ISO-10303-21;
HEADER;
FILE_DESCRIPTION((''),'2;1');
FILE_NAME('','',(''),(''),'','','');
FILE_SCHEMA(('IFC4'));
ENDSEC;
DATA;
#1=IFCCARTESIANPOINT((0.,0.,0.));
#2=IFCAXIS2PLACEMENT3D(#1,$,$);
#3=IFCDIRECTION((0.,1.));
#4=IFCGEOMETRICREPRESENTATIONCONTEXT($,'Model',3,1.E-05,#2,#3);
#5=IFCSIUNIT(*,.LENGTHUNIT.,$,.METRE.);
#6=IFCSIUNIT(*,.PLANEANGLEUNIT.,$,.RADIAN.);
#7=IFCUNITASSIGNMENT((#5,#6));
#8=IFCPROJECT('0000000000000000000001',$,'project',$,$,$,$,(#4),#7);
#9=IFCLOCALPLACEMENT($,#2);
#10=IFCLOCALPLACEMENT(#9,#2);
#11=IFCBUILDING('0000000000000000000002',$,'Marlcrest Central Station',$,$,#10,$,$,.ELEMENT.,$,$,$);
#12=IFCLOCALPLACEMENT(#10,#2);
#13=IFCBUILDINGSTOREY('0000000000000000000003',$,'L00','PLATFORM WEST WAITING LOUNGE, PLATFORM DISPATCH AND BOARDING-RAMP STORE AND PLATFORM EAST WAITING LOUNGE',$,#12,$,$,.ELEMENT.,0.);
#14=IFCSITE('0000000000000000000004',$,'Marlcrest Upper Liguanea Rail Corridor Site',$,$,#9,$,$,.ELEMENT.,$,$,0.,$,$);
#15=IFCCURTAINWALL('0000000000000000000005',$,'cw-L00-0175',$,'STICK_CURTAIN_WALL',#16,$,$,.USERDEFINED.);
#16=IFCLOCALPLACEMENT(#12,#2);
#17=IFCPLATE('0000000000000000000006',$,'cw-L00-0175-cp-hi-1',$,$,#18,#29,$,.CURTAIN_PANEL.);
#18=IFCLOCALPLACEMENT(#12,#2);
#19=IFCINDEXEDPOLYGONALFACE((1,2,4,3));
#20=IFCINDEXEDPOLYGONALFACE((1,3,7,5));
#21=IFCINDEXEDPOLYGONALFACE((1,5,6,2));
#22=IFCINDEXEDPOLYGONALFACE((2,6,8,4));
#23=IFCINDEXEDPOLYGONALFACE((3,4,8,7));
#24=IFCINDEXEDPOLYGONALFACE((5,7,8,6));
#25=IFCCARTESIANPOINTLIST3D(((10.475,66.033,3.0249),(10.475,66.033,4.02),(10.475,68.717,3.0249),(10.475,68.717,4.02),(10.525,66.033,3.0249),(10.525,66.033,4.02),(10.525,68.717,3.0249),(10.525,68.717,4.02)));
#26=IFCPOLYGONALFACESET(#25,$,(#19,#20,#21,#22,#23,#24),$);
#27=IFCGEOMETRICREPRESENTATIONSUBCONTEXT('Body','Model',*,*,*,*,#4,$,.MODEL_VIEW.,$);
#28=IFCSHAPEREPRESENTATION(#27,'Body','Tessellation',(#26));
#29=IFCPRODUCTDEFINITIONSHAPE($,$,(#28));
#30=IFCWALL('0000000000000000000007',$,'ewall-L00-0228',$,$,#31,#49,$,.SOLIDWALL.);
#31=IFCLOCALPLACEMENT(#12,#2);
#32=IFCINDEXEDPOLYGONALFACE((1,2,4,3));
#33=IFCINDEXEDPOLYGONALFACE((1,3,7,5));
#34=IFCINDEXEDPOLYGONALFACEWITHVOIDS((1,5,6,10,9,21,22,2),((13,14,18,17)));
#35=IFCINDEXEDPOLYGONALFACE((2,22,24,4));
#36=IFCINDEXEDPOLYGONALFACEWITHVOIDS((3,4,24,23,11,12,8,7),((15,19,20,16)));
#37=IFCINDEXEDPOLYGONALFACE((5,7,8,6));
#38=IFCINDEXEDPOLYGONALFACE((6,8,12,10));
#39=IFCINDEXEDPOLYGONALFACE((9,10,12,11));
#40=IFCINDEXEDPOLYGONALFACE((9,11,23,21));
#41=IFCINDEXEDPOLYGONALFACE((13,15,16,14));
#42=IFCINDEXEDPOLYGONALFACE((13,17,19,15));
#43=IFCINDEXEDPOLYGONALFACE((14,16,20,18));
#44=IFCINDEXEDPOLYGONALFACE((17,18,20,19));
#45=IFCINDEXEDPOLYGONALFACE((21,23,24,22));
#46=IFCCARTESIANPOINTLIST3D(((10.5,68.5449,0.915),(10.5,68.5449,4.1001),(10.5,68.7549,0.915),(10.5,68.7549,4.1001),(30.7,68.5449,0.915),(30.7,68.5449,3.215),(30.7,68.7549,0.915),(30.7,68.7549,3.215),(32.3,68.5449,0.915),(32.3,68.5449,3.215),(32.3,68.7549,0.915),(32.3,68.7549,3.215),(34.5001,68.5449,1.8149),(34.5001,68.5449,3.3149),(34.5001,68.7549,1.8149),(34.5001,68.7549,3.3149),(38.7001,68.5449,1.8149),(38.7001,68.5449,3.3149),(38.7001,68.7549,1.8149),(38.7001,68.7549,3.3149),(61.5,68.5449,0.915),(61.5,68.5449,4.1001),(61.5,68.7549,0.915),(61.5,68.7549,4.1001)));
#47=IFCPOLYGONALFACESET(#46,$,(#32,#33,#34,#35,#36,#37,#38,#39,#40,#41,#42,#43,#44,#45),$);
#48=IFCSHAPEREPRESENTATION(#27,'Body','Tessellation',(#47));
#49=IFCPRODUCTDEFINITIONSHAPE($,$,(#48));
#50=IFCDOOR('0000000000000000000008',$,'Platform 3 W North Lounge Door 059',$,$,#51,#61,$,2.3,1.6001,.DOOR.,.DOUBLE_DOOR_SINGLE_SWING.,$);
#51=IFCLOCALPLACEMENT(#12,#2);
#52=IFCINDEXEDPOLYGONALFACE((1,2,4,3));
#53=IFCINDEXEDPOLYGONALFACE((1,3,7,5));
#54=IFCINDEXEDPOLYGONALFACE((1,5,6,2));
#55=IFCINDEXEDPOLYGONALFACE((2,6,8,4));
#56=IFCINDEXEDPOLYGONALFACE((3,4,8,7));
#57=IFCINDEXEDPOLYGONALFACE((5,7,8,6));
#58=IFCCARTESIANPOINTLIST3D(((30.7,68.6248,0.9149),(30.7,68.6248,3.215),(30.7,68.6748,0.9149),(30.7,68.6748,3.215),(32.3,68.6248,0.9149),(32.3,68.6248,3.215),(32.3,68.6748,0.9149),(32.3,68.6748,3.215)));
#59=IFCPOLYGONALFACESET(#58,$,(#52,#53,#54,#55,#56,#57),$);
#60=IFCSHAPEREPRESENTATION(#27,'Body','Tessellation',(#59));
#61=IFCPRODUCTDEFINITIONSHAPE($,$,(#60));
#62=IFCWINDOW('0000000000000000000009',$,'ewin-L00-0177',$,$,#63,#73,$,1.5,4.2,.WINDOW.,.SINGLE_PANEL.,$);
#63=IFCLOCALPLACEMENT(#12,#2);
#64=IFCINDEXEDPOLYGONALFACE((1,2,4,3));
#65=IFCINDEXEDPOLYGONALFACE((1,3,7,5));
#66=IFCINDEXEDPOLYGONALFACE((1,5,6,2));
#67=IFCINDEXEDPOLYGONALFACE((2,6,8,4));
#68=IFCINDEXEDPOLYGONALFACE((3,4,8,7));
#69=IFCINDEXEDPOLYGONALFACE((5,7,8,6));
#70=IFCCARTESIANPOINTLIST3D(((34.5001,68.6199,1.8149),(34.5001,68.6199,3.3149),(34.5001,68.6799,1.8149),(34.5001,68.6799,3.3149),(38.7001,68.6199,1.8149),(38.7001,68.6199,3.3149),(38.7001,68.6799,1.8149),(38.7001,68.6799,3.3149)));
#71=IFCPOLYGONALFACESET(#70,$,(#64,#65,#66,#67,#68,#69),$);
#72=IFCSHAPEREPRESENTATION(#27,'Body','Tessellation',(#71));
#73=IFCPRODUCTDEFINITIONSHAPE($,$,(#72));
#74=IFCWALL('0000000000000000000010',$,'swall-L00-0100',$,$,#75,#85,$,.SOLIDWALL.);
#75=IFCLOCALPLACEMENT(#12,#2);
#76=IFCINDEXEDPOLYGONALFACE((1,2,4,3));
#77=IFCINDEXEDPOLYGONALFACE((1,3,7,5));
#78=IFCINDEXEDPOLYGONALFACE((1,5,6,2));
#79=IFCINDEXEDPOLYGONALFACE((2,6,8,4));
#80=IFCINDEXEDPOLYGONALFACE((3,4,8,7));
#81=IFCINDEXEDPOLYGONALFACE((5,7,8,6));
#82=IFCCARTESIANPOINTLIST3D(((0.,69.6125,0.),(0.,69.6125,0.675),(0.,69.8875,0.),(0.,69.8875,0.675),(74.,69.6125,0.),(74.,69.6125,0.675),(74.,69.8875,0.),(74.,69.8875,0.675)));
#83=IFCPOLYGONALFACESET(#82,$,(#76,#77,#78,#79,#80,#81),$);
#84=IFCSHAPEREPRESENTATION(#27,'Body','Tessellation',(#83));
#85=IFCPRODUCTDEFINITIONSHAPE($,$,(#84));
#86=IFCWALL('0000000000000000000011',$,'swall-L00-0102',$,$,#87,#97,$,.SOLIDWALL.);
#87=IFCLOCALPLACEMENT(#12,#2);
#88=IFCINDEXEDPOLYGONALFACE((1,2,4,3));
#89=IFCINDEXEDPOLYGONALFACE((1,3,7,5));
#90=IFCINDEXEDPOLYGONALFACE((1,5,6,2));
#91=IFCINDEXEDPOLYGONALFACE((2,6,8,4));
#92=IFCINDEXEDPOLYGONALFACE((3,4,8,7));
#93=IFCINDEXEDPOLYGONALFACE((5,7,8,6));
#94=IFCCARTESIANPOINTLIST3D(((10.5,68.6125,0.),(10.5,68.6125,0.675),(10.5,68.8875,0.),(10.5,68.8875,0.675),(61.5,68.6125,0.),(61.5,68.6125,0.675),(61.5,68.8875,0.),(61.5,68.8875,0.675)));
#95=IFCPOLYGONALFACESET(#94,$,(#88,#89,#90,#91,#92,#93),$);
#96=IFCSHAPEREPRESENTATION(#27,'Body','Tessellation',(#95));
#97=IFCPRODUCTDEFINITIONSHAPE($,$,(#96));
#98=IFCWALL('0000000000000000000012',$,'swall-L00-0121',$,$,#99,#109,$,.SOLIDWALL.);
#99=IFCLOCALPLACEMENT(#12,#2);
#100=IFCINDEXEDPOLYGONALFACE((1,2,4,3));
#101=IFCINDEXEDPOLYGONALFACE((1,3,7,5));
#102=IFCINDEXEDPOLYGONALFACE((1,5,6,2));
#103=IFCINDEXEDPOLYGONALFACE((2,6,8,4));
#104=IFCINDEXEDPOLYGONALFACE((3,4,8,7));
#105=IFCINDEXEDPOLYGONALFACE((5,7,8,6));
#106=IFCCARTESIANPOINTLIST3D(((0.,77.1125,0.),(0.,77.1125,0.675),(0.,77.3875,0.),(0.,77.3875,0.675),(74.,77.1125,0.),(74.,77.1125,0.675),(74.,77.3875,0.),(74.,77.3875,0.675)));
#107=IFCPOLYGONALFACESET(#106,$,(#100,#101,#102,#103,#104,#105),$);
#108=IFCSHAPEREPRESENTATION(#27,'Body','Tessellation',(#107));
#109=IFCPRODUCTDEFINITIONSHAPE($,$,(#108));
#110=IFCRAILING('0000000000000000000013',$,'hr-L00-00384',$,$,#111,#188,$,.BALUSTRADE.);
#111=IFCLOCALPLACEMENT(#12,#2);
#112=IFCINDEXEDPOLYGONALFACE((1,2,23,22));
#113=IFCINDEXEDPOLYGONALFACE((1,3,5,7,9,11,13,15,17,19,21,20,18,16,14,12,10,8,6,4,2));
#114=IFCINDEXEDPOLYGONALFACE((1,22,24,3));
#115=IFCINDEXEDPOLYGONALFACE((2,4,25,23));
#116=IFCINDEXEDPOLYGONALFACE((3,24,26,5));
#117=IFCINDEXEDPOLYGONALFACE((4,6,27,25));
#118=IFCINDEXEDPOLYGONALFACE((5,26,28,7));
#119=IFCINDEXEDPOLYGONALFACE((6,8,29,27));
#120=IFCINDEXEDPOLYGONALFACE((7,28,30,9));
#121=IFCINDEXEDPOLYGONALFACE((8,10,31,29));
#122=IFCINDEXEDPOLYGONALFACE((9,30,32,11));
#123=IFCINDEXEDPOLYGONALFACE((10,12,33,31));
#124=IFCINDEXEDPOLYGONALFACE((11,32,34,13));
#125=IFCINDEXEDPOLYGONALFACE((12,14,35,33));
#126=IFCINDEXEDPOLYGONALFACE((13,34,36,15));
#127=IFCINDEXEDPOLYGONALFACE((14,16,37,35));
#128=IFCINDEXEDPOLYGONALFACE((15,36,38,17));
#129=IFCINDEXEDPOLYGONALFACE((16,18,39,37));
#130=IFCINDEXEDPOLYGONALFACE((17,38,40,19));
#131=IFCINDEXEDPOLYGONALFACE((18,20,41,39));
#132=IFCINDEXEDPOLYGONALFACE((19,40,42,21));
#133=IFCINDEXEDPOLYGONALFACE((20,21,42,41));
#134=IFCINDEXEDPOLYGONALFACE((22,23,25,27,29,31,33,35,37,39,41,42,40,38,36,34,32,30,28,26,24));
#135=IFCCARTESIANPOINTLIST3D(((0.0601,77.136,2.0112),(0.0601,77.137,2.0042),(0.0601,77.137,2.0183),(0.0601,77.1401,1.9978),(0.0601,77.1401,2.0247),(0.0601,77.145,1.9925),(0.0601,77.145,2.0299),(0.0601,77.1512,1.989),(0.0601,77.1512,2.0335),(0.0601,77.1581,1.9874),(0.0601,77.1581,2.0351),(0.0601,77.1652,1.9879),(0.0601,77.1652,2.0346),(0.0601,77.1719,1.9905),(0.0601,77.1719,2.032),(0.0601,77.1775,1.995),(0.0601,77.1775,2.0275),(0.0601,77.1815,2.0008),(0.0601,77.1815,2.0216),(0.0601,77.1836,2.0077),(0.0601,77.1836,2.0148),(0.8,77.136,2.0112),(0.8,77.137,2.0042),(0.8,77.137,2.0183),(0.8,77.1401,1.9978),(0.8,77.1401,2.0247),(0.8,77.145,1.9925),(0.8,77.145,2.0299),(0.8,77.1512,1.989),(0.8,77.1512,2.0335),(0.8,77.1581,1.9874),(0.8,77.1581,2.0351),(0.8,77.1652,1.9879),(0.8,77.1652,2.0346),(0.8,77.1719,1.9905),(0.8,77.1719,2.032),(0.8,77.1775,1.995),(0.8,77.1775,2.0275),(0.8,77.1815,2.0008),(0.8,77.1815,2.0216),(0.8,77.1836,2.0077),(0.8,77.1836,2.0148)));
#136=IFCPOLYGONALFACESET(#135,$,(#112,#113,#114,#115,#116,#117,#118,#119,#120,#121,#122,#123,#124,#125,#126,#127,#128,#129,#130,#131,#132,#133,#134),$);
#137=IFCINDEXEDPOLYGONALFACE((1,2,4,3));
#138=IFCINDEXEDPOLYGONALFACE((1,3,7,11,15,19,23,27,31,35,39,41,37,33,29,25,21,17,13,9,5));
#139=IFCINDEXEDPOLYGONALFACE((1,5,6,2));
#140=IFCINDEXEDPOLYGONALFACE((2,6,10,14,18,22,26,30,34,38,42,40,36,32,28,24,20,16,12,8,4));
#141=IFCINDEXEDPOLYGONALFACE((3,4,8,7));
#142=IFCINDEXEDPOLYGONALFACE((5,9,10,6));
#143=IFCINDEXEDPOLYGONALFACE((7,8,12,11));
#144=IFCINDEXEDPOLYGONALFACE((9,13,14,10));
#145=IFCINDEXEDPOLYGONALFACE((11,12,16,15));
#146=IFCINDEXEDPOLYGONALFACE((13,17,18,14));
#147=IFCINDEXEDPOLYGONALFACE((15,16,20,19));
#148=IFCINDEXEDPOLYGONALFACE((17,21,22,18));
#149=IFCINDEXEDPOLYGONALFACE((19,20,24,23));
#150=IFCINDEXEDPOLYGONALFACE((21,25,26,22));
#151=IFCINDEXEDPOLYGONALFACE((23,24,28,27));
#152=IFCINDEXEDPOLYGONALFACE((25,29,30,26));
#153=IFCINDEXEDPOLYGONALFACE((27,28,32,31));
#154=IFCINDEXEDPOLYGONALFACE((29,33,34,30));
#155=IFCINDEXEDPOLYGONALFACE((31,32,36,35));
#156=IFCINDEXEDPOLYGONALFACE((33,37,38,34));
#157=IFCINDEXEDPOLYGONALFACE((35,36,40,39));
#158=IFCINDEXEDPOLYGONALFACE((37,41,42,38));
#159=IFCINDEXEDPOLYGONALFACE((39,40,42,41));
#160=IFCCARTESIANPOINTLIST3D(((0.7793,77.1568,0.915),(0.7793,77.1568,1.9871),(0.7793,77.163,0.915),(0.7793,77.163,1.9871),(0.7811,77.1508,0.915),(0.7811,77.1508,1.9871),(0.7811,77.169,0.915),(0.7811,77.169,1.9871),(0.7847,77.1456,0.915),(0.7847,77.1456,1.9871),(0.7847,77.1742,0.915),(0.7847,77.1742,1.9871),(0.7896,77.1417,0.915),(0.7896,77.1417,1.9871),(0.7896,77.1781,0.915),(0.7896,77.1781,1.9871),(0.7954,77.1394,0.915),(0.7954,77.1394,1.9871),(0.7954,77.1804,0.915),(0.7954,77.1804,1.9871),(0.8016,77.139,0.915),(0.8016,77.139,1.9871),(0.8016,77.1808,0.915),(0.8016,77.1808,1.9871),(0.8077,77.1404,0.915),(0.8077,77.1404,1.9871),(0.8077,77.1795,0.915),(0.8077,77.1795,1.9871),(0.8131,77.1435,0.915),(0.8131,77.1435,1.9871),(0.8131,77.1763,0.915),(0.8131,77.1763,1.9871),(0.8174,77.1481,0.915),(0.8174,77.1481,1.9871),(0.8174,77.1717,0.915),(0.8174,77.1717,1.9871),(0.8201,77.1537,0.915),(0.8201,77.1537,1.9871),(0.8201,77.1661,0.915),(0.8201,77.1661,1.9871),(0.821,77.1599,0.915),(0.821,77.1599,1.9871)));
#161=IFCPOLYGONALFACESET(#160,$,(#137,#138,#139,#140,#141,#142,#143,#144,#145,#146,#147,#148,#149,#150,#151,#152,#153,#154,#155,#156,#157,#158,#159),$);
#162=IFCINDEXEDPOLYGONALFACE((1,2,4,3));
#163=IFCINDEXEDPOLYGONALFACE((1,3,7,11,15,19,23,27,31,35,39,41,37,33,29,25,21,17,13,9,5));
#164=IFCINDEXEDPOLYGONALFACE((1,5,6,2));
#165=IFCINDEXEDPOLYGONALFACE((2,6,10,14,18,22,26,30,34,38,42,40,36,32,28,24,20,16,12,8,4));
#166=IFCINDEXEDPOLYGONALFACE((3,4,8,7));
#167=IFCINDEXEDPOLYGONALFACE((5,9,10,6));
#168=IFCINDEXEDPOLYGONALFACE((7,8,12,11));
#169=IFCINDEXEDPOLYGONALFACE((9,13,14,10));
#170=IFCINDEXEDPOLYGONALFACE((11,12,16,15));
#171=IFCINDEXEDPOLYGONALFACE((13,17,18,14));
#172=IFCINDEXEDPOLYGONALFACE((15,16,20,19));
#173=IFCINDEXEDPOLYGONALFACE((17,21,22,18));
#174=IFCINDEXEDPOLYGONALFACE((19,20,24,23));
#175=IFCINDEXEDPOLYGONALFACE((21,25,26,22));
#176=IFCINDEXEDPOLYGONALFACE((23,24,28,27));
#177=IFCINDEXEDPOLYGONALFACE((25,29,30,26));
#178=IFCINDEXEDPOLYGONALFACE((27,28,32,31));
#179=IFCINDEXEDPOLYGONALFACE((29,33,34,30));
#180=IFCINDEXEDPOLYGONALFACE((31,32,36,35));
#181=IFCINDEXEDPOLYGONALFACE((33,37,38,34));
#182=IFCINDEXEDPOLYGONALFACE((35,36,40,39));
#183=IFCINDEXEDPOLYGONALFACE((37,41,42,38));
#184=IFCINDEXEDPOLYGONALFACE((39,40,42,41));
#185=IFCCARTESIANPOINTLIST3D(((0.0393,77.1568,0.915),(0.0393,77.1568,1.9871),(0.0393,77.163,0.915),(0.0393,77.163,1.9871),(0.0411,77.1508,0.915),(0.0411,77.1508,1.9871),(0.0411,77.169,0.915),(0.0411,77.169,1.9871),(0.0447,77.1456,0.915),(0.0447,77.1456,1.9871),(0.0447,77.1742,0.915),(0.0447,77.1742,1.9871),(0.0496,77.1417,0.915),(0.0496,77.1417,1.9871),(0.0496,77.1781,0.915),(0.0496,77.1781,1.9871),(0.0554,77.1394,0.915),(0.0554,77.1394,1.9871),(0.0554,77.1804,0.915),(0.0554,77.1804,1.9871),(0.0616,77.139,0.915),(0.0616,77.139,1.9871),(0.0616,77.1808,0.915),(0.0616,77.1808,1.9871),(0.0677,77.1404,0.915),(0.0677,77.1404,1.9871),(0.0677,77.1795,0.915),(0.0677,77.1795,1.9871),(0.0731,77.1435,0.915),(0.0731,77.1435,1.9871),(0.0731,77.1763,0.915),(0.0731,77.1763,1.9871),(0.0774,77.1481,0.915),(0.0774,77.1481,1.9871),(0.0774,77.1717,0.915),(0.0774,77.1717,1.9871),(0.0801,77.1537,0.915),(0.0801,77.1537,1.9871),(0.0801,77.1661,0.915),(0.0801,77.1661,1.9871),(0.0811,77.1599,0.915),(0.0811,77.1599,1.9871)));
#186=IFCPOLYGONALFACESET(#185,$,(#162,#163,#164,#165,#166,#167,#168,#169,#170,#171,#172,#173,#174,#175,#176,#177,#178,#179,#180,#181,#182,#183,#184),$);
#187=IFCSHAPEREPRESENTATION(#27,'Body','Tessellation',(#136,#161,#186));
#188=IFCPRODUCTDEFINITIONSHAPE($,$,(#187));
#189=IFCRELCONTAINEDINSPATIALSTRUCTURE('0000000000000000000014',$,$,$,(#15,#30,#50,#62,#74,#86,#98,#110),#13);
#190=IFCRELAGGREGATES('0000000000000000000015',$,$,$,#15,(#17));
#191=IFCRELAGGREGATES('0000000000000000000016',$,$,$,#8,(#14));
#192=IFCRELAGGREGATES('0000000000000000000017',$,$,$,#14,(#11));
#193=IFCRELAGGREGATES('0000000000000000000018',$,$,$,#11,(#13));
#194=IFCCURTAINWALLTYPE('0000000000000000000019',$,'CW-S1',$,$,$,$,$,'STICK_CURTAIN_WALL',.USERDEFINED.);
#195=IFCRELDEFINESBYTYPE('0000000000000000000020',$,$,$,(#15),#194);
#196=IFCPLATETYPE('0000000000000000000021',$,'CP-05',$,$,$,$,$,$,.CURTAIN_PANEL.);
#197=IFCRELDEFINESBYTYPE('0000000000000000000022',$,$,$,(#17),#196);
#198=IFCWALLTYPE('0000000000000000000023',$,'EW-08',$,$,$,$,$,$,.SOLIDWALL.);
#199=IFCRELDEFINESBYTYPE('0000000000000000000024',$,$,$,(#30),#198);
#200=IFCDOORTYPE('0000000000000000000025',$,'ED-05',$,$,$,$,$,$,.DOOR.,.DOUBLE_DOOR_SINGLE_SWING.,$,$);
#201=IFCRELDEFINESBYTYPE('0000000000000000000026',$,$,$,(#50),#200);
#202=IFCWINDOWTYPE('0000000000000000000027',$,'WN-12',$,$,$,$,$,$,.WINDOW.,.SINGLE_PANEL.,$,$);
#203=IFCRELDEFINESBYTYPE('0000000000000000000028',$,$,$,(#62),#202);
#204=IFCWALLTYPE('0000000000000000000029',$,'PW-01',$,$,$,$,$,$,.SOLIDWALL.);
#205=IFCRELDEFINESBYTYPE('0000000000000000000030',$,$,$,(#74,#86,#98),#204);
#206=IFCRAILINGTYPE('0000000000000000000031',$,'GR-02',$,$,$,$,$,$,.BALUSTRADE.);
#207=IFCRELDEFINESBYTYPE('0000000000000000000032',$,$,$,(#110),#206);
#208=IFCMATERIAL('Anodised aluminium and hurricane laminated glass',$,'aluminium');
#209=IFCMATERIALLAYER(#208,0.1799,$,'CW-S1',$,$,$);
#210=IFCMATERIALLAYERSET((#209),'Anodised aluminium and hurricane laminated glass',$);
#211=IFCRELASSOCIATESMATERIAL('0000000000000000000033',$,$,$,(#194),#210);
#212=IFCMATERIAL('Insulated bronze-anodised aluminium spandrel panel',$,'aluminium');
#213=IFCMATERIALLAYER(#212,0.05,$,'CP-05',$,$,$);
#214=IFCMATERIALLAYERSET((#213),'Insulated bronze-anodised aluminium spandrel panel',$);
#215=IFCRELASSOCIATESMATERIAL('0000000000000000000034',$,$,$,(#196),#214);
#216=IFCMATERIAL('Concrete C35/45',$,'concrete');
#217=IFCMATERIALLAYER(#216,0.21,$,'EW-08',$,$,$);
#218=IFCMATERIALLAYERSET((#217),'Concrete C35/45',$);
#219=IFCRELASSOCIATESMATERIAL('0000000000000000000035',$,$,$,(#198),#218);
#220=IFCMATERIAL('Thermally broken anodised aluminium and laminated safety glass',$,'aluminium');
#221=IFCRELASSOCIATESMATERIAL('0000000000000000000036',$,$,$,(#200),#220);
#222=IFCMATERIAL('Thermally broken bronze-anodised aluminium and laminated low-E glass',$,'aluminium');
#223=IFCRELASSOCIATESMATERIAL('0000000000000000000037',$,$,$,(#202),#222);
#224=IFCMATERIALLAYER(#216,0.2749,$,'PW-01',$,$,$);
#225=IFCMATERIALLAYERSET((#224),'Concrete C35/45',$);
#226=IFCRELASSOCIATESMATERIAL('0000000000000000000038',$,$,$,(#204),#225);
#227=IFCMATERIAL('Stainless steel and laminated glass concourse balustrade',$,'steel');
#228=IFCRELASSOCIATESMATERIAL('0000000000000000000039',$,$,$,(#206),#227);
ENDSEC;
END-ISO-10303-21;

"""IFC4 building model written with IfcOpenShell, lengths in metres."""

from ifc_helpers import new_model, si_unit, direction, frame, frame_2d, origin, origin_2d, place, context, subcontext, project, spatial, rectangle, circle, extrude, material, layer, layer_set, type_object, element, fill, aggregate, save


model = new_model("IFC4")

# Units and contexts
model_context = context("Model", 3, precision=1e-05, world=origin(), true_north=direction((0.0, 1.0)))
body_context = subcontext(model_context, "Body", "Model", "MODEL_VIEW")
ifc_project = project(units=[si_unit("LENGTHUNIT", "METRE"), si_unit("PLANEANGLEUNIT", "RADIAN")], contexts=[model_context])

# Site, building, storey
site_placement = place(None, origin())
site = spatial("IfcSite", under=ifc_project, at=site_placement, Name="Marlcrest Upper Liguanea Rail Corridor Site", CompositionType="ELEMENT", RefElevation=0.0)
building_placement = place(site_placement, origin())
building = spatial("IfcBuilding", under=site, at=building_placement, Name="Marlcrest Central Station", CompositionType="ELEMENT")
storey_placement = place(building_placement, origin())
storey = spatial("IfcBuildingStorey", under=building, at=storey_placement, Name="L00", Description="PLATFORM WEST WAITING LOUNGE, PLATFORM DISPATCH AND BOARDING-RAMP STORE AND PLATFORM EAST WAITING LOUNGE", CompositionType="ELEMENT", Elevation=0.0)

# Shared definitions
ifc_material_1 = material(Name="Concrete C35/45", Category="concrete")

# Curtain wall, plate
ifc_material_2 = material(Name="Anodised aluminium and hurricane laminated glass", Category="aluminium")
ifc_layer_1 = layer(ifc_material_2, 0.1799, Name="CW-S1")
ifc_layer_set_1 = layer_set([ifc_layer_1], Name="Anodised aluminium and hurricane laminated glass")
curtain_wall_type = type_object("IfcCurtainWallType", Name="CW-S1", ElementType="STICK_CURTAIN_WALL", PredefinedType="USERDEFINED", material=ifc_layer_set_1)
curtain_wall_placement = place(storey_placement, origin())
curtain_wall = element("IfcCurtainWall", 1, at=curtain_wall_placement, inside=storey, type_object=curtain_wall_type, Name="cw-L00-0175", ObjectType="STICK_CURTAIN_WALL", PredefinedType="USERDEFINED")
ifc_material_3 = material(Name="Insulated bronze-anodised aluminium spandrel panel", Category="aluminium")
ifc_layer_2 = layer(ifc_material_3, 0.05, Name="CP-05")
ifc_layer_set_2 = layer_set([ifc_layer_2], Name="Insulated bronze-anodised aluminium spandrel panel")
plate_type_1 = type_object("IfcPlateType", Name="CP-05", PredefinedType="CURTAIN_PANEL", material=ifc_layer_set_2)
plate_1_placement = place(storey_placement, frame((10.5, 67.375, 3.0249), z_axis=(0.0, 0.0, 1.0), x_axis=(0.0, 1.0, 0.0)))
plate_1 = element("IfcPlate", 2, at=plate_1_placement, type_object=plate_type_1, Name="cw-L00-0175-cp-hi-1", PredefinedType="CURTAIN_PANEL", context=body_context, shape_type="SweptSolid", body=[
    extrude(rectangle(XDim=2.6841, YDim=0.05, at=origin_2d()), origin(), (0.0, 0.0, 1.0), 0.9951),
])
aggregate(curtain_wall, [plate_1])

# Wall, openings, door, window
ifc_layer_3 = layer(ifc_material_1, 0.21, Name="EW-08")
ifc_layer_set_3 = layer_set([ifc_layer_3], Name="Concrete C35/45")
wall_type_1 = type_object("IfcWallType", Name="EW-08", PredefinedType="SOLIDWALL", material=ifc_layer_set_3)
wall_1_placement = place(storey_placement, frame((10.5, 68.6499, 0.915), z_axis=(0.0, 0.0, 1.0), x_axis=(1.0, 0.0, 0.0)))
wall_1 = element("IfcWall", 3, at=wall_1_placement, inside=storey, type_object=wall_type_1, Name="ewall-L00-0228", PredefinedType="SOLIDWALL", context=body_context, shape_type="SweptSolid", body=[
    extrude(rectangle(XDim=51.0, YDim=0.21, at=frame_2d((25.5, 0.0))), origin(), (0.0, 0.0, 1.0), 3.1851),
])
opening_1_placement = place(wall_1_placement, frame((20.2, 0.0, 0.0)))
opening_1 = element("IfcOpeningElement", 4, at=opening_1_placement, cuts=wall_1, PredefinedType="OPENING", context=body_context, shape_type="SweptSolid", body=[
    extrude(rectangle(XDim=1.6001, YDim=2.3, at=frame_2d((0.8, 1.1499))), frame((0.0, 0.115, 0.0), z_axis=(0.0, -1.0, 0.0), x_axis=(1.0, 0.0, 0.0)), (0.0, 0.0, 1.0), 0.23),
])
opening_2_placement = place(wall_1_placement, frame((24.0, 0.0, 0.8999)))
opening_2 = element("IfcOpeningElement", 5, at=opening_2_placement, cuts=wall_1, PredefinedType="OPENING", context=body_context, shape_type="SweptSolid", body=[
    extrude(rectangle(XDim=4.2, YDim=1.5, at=frame_2d((2.1001, 0.75))), frame((0.0, 0.115, 0.0), z_axis=(0.0, -1.0, 0.0), x_axis=(1.0, 0.0, 0.0)), (0.0, 0.0, 1.0), 0.23),
])
ifc_material_4 = material(Name="Thermally broken anodised aluminium and laminated safety glass", Category="aluminium")
door_type = type_object("IfcDoorType", Name="ED-05", OperationType="DOUBLE_DOOR_SINGLE_SWING", PredefinedType="DOOR", material=ifc_material_4)
door_placement = place(opening_1_placement, origin())
door = element("IfcDoor", 6, at=door_placement, inside=storey, type_object=door_type, Name="Platform 3 W North Lounge Door 059", OperationType="DOUBLE_DOOR_SINGLE_SWING", OverallHeight=2.3, OverallWidth=1.6001, PredefinedType="DOOR", context=body_context, shape_type="SweptSolid", body=[
    extrude(rectangle(XDim=1.6001, YDim=2.3, at=frame_2d((0.8, 1.1499))), frame((0.0, 0.0249, 0.0), z_axis=(0.0, -1.0, 0.0), x_axis=(1.0, 0.0, 0.0)), (0.0, 0.0, 1.0), 0.05),
])
fill(opening_1, door)
ifc_material_5 = material(Name="Thermally broken bronze-anodised aluminium and laminated low-E glass", Category="aluminium")
window_type = type_object("IfcWindowType", Name="WN-12", PartitioningType="SINGLE_PANEL", PredefinedType="WINDOW", material=ifc_material_5)
window_placement = place(opening_2_placement, origin())
window = element("IfcWindow", 7, at=window_placement, inside=storey, type_object=window_type, Name="ewin-L00-0177", OverallHeight=1.5, OverallWidth=4.2, PartitioningType="SINGLE_PANEL", PredefinedType="WINDOW", context=body_context, shape_type="SweptSolid", body=[
    extrude(rectangle(XDim=4.2, YDim=1.5, at=frame_2d((2.1001, 0.75))), frame((0.0, 0.03, 0.0), z_axis=(0.0, -1.0, 0.0), x_axis=(1.0, 0.0, 0.0)), (0.0, 0.0, 1.0), 0.0601),
])
fill(opening_2, window)

# Walls
ifc_layer_4 = layer(ifc_material_1, 0.2749, Name="PW-01")
ifc_layer_set_4 = layer_set([ifc_layer_4], Name="Concrete C35/45")
wall_type_2 = type_object("IfcWallType", Name="PW-01", PredefinedType="SOLIDWALL", material=ifc_layer_set_4)
wall_2_placement = place(storey_placement, frame((0.0, 69.75, 0.0), z_axis=(0.0, 0.0, 1.0), x_axis=(1.0, 0.0, 0.0)))
element("IfcWall", 8, at=wall_2_placement, inside=storey, type_object=wall_type_2, Name="swall-L00-0100", PredefinedType="SOLIDWALL", context=body_context, shape_type="SweptSolid", body=[
    extrude(rectangle(XDim=74.0, YDim=0.2749, at=frame_2d((37.0, 0.0))), origin(), (0.0, 0.0, 1.0), 0.675),
])
wall_3_placement = place(storey_placement, frame((10.5, 68.75, 0.0), z_axis=(0.0, 0.0, 1.0), x_axis=(1.0, 0.0, 0.0)))
element("IfcWall", 9, at=wall_3_placement, inside=storey, type_object=wall_type_2, Name="swall-L00-0102", PredefinedType="SOLIDWALL", context=body_context, shape_type="SweptSolid", body=[
    extrude(rectangle(XDim=51.0, YDim=0.2749, at=frame_2d((25.5, 0.0))), origin(), (0.0, 0.0, 1.0), 0.675),
])
wall_4_placement = place(storey_placement, frame((0.0, 77.25, 0.0), z_axis=(0.0, 0.0, 1.0), x_axis=(1.0, 0.0, 0.0)))
element("IfcWall", 10, at=wall_4_placement, inside=storey, type_object=wall_type_2, Name="swall-L00-0121", PredefinedType="SOLIDWALL", context=body_context, shape_type="SweptSolid", body=[
    extrude(rectangle(XDim=74.0, YDim=0.2749, at=frame_2d((37.0, 0.0))), origin(), (0.0, 0.0, 1.0), 0.675),
])

# Railing
ifc_material_6 = material(Name="Stainless steel and laminated glass concourse balustrade", Category="steel")
railing_type = type_object("IfcRailingType", Name="GR-02", PredefinedType="BALUSTRADE", material=ifc_material_6)
railing_1_placement = place(storey_placement, frame((0.8, 77.1599, 0.915)))
element("IfcRailing", 11, at=railing_1_placement, inside=storey, type_object=railing_type, Name="hr-L00-00384", PredefinedType="BALUSTRADE", context=body_context, shape_type="SweptSolid", body=[
    extrude(circle(Radius=0.0239, at=origin_2d()), frame((0.0, 0.0, 1.0962), z_axis=(-1.0, 0.0, 0.0), x_axis=(0.0, -1.0, 0.0)), (0.0, 0.0, 1.0), 0.74),
    extrude(circle(Radius=0.021, at=origin_2d()), origin(), (0.0, 0.0, 1.0), 1.072),
    extrude(circle(Radius=0.021, at=origin_2d()), frame((-0.74, 0.0, 0.0)), (0.0, 0.0, 1.0), 1.072),
])

save(model, "model.ifc")
